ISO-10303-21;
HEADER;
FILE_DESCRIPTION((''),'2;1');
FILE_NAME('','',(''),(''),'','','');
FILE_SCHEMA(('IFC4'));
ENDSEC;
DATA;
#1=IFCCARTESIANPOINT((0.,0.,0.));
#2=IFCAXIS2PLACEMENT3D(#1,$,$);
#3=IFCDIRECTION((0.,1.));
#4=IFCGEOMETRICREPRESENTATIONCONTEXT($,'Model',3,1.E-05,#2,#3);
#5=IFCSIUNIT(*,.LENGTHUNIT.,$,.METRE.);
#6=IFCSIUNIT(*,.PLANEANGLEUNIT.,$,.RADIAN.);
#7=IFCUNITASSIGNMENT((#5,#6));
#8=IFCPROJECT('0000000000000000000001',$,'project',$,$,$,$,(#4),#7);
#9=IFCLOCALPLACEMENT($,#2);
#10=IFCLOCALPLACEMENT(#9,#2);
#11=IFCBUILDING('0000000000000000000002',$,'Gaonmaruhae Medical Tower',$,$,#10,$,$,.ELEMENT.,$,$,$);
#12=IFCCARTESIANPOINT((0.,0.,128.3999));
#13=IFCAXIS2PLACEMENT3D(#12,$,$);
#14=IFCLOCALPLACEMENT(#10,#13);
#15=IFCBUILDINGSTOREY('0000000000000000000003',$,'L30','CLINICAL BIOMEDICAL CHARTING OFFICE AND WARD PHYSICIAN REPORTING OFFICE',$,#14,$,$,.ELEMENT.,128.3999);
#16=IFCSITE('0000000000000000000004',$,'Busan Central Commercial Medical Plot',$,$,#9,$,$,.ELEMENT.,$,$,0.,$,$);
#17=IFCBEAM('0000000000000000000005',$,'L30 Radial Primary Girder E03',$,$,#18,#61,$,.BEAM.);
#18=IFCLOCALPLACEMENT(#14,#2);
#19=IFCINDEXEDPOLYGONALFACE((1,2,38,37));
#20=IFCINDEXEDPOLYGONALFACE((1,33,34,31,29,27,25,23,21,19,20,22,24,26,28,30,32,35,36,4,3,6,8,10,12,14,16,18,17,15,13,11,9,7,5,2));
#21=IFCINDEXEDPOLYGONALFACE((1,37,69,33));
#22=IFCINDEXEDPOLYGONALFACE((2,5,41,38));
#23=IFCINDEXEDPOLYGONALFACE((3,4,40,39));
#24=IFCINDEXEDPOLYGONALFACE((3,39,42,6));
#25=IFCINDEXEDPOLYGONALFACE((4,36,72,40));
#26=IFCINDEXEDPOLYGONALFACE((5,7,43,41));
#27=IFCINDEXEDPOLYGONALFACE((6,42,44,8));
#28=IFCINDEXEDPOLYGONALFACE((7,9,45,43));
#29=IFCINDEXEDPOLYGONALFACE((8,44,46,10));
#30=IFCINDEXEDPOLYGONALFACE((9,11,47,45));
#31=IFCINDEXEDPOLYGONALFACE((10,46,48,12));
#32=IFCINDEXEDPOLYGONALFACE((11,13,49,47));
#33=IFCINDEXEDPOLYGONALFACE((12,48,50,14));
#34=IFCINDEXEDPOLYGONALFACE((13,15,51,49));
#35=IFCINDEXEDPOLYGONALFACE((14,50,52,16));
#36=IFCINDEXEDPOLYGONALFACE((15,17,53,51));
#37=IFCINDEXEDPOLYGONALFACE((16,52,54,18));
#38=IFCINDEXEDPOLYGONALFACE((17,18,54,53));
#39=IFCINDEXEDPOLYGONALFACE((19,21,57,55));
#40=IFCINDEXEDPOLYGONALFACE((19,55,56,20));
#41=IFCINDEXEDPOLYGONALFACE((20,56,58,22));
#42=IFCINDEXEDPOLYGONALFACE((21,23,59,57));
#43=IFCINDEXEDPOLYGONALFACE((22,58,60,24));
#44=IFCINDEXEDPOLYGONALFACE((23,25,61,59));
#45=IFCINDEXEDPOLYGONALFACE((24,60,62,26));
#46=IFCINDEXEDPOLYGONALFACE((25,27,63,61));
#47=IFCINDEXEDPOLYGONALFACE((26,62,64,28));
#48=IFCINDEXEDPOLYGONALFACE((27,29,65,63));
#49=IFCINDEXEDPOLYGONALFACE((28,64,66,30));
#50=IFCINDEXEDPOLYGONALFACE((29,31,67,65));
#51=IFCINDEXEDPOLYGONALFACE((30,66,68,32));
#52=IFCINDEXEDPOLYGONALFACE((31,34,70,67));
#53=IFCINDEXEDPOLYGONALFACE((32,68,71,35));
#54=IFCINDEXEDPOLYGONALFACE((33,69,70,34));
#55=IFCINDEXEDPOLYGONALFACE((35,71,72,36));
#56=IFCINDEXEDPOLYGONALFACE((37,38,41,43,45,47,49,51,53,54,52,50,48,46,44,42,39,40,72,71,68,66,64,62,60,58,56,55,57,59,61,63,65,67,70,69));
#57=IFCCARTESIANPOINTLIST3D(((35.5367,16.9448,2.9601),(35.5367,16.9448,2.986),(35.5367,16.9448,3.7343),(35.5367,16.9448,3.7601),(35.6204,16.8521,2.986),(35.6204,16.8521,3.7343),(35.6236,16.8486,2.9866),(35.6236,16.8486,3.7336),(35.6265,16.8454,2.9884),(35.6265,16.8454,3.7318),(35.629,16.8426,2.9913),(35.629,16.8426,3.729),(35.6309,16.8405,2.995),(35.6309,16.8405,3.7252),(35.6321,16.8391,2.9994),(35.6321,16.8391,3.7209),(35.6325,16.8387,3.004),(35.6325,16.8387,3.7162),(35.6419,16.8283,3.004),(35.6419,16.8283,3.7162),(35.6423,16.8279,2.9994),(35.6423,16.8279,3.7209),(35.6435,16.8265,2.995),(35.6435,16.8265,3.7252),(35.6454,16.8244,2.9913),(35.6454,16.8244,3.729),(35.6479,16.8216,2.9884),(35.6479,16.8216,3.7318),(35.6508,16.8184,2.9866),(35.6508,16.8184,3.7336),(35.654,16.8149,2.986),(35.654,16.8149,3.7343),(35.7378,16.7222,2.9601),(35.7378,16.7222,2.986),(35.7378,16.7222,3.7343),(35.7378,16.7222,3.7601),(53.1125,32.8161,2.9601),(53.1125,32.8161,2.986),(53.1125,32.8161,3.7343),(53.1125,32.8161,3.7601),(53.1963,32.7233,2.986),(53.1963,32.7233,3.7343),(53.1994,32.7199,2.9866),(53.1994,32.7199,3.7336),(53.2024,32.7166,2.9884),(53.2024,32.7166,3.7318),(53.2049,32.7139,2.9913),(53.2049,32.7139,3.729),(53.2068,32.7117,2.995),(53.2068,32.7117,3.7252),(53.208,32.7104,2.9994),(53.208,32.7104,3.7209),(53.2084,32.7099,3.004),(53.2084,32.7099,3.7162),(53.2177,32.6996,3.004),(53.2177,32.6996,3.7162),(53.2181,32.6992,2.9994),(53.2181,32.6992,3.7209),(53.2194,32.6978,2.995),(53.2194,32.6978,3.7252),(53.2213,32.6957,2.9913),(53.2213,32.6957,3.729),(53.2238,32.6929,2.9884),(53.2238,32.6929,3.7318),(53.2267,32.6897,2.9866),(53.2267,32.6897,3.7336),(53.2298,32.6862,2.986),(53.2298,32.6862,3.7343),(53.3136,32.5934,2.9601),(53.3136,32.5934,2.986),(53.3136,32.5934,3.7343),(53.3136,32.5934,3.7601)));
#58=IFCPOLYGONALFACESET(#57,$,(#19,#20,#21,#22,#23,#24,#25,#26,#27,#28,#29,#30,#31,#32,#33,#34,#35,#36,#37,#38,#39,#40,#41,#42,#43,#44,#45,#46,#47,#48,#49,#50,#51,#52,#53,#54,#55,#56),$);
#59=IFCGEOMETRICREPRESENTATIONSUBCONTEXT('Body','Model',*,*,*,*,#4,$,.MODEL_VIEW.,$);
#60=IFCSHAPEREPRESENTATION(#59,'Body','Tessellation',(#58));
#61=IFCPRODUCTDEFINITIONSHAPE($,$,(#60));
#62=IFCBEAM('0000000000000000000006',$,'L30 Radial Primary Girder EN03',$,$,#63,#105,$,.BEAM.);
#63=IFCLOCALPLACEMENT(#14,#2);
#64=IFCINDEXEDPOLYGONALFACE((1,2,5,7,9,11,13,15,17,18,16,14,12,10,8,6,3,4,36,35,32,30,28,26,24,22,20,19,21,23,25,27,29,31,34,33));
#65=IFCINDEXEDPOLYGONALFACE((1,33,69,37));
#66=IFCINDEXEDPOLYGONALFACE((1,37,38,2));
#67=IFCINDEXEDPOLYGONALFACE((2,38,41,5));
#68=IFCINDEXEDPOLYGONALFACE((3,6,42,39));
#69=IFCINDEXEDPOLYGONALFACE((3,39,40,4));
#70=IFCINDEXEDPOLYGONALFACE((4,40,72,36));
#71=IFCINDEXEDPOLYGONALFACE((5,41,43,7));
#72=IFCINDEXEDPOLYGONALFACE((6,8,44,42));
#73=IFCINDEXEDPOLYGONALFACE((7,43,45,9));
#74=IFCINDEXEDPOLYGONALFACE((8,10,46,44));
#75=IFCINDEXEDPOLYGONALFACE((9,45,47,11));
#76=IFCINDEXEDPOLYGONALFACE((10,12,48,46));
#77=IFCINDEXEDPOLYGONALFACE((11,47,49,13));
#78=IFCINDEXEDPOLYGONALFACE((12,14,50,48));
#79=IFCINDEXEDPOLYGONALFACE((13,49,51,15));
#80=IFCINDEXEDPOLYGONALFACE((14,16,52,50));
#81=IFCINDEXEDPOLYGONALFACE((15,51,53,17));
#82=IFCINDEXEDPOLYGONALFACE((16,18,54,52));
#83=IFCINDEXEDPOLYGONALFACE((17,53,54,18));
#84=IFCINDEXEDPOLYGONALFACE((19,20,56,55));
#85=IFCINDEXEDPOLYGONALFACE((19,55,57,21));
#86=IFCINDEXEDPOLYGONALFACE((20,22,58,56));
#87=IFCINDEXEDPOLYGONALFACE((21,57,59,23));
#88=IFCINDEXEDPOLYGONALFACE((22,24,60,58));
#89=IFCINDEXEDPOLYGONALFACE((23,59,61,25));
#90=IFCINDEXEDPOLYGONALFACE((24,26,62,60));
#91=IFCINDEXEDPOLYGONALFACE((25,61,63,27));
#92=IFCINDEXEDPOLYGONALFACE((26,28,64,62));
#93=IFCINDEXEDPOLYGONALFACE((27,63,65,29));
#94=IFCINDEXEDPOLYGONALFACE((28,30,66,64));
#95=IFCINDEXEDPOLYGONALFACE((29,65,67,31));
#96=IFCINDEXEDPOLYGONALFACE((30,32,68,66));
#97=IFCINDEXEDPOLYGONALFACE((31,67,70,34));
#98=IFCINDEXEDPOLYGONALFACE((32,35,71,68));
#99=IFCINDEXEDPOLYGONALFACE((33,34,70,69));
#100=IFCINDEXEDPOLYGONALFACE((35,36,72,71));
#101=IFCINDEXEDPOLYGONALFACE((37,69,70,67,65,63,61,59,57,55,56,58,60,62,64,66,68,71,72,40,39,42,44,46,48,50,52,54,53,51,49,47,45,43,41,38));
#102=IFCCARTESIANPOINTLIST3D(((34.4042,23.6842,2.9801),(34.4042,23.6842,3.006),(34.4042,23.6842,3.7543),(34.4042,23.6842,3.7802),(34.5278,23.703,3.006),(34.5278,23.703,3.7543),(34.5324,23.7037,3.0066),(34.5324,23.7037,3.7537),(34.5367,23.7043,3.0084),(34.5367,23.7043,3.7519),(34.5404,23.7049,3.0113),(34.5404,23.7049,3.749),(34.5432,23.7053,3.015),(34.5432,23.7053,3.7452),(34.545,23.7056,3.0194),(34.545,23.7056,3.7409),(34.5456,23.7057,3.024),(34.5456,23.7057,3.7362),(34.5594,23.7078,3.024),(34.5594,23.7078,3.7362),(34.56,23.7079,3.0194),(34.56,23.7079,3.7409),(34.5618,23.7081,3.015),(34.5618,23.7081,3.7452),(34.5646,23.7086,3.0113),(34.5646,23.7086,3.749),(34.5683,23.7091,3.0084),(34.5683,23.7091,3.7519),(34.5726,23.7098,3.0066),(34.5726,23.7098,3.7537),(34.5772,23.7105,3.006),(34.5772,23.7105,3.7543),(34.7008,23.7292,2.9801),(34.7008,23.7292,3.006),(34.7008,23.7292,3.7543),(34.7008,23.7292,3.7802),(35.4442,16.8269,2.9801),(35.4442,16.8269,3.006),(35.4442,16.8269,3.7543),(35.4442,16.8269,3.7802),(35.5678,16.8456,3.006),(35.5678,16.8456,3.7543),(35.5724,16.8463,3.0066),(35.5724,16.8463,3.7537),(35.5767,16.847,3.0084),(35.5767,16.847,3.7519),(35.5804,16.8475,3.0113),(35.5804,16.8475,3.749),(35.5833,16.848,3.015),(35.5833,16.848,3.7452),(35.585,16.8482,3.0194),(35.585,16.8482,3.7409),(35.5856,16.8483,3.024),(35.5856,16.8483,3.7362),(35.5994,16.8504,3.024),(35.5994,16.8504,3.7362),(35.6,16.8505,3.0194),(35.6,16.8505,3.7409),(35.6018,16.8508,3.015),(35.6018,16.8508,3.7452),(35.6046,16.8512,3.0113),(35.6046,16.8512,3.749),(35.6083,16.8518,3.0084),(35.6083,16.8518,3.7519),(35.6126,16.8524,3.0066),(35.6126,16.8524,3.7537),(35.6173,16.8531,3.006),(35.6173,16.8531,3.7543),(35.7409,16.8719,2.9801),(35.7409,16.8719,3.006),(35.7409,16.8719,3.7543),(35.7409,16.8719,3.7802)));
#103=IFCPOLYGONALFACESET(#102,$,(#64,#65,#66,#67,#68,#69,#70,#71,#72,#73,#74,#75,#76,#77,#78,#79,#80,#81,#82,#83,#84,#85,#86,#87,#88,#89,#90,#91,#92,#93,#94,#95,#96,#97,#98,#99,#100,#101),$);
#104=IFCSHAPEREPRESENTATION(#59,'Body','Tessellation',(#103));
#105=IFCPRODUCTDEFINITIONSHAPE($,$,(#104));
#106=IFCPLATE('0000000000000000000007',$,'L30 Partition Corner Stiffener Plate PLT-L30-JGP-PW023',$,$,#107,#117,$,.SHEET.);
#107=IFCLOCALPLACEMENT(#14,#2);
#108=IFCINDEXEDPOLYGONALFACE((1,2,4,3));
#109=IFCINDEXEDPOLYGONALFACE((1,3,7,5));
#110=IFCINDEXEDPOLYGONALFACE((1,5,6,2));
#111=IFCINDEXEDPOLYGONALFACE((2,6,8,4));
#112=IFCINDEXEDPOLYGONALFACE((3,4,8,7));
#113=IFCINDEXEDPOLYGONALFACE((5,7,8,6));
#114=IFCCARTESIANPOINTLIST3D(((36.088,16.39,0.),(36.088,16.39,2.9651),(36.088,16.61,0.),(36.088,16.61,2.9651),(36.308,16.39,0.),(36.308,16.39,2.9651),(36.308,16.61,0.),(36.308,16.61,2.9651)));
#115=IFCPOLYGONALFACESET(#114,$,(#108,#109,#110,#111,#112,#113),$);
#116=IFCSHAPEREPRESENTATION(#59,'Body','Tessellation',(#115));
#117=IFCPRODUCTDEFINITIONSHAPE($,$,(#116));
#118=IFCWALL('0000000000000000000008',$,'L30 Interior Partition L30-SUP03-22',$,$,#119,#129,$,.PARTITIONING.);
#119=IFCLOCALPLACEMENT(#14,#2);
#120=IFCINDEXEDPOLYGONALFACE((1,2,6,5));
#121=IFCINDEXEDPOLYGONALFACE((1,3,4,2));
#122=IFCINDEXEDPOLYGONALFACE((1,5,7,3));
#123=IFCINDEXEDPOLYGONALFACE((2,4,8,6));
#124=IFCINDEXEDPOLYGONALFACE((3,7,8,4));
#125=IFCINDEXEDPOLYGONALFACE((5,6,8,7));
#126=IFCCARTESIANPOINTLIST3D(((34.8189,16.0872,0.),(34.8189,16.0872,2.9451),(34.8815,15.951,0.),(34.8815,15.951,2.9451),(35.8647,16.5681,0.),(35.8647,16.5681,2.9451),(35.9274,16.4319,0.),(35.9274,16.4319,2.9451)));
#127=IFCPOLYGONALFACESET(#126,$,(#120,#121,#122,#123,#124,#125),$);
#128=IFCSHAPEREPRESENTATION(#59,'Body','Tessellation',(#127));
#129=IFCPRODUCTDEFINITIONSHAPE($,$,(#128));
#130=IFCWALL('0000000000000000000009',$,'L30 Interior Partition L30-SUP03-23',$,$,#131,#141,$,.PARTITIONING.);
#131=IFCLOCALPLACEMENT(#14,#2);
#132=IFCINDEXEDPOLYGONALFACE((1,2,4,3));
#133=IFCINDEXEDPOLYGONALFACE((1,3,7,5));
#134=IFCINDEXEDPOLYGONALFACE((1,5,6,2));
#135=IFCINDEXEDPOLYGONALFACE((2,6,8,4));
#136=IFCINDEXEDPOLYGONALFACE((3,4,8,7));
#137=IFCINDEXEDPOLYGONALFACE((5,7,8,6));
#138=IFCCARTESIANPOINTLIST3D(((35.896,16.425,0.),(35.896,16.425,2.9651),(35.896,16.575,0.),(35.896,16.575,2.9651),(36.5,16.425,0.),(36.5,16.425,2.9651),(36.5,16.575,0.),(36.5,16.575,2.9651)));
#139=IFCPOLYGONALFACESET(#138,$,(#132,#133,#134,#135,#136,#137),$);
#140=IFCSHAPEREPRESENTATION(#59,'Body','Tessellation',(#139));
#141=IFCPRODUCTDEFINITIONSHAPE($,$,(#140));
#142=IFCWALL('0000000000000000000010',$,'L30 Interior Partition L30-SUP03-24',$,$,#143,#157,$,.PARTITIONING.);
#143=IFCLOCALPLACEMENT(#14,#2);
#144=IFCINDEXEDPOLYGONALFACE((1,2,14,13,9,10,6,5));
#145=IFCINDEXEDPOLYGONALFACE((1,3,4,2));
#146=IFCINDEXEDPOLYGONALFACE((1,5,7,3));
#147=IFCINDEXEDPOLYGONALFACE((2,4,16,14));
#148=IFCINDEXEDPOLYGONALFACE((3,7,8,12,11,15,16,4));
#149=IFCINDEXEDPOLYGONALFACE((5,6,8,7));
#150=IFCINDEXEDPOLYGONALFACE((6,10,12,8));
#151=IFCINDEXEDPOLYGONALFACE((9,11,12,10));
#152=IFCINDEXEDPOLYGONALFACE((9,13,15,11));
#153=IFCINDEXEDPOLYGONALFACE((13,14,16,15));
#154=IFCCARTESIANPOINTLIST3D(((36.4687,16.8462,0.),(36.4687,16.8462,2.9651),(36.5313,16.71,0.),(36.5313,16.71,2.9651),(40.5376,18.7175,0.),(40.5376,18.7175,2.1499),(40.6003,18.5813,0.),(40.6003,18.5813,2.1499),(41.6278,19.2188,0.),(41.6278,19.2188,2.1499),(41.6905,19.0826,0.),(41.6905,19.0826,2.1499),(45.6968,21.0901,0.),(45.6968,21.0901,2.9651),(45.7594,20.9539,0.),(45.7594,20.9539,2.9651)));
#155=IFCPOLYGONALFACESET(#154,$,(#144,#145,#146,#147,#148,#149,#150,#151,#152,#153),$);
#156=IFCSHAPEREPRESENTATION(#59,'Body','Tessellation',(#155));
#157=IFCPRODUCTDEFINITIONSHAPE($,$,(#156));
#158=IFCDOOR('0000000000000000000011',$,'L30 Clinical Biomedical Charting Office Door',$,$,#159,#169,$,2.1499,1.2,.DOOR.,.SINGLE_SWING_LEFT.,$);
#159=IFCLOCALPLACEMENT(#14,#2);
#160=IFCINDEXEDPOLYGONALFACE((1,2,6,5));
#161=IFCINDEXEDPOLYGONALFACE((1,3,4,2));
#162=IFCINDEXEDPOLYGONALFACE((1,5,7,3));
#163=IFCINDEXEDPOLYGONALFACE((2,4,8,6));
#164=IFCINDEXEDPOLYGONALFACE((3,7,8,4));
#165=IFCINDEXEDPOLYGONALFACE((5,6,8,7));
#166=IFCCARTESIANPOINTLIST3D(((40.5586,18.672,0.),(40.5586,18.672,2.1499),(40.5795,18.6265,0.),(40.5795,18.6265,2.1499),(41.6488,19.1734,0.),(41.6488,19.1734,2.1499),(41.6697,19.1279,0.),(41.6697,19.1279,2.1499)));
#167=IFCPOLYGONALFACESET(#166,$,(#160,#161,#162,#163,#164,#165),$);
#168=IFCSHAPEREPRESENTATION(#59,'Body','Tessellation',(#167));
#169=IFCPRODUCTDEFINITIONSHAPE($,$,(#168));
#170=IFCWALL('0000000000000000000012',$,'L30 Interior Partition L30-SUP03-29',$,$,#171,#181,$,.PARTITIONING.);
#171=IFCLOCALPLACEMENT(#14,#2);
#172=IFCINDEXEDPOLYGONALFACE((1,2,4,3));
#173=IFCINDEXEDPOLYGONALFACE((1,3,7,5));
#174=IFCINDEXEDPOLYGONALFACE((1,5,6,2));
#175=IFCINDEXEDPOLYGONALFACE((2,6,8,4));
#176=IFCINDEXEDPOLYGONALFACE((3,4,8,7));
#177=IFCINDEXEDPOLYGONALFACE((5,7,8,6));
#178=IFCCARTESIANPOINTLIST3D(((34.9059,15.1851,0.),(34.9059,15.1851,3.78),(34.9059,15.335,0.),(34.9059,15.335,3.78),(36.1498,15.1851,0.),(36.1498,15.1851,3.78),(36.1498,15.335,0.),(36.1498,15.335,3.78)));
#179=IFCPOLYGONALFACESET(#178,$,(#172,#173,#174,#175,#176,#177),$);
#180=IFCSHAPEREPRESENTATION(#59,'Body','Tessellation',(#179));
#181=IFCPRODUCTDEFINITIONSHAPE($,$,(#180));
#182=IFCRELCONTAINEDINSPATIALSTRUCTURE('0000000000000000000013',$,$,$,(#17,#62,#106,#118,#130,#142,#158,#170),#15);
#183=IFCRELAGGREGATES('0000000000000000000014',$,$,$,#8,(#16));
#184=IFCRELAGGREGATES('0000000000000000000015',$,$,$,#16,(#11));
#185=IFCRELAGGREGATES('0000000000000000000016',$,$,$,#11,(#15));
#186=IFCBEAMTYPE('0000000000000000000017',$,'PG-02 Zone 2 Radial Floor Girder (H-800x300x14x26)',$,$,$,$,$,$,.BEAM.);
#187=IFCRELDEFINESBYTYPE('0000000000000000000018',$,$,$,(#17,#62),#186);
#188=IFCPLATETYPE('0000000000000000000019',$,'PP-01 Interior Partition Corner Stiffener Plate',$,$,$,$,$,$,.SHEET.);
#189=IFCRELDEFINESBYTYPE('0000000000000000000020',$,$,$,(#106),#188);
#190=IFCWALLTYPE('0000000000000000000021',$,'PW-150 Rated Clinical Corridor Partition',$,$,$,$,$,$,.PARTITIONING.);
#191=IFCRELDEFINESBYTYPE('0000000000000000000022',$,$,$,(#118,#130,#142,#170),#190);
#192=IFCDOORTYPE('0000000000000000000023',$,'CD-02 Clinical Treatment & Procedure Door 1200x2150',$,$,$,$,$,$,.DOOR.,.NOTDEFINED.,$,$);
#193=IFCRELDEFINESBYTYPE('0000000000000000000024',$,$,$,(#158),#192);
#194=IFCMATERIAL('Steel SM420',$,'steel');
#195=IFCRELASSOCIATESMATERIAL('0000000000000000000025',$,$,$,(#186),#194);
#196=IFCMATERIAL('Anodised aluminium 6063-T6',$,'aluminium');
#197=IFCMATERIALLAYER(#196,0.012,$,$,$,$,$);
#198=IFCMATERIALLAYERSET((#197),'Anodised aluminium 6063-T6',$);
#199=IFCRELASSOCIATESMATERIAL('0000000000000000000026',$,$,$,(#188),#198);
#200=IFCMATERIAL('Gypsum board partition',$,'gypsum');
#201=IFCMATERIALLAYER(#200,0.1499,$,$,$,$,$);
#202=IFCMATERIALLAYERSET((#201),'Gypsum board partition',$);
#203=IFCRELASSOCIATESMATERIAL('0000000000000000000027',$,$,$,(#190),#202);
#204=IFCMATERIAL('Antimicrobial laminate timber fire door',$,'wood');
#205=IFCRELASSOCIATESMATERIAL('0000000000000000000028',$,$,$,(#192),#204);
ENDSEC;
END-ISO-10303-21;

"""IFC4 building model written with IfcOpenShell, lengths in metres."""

from ifc_helpers import new_model, si_unit, direction, frame, frame_2d, origin, origin_2d, place, context, subcontext, project, spatial, rectangle, i_section, extrude, material, layer, layer_set, material_profile, profile_set, type_object, element, fill, save


model = new_model("IFC4")

# Units and contexts
model_context = context("Model", 3, precision=1e-05, world=origin(), true_north=direction((0.0, 1.0)))
body_context = subcontext(model_context, "Body", "Model", "MODEL_VIEW")
ifc_project = project(units=[si_unit("LENGTHUNIT", "METRE"), si_unit("PLANEANGLEUNIT", "RADIAN")], contexts=[model_context])

# Site, building, storey
site_placement = place(None, origin())
site = spatial("IfcSite", under=ifc_project, at=site_placement, Name="Busan Central Commercial Medical Plot", CompositionType="ELEMENT", RefElevation=0.0)
building_placement = place(site_placement, origin())
building = spatial("IfcBuilding", under=site, at=building_placement, Name="Gaonmaruhae Medical Tower", CompositionType="ELEMENT")
storey_placement = place(building_placement, frame((0.0, 0.0, 128.3999)))
storey = spatial("IfcBuildingStorey", under=building, at=storey_placement, Name="L30", Description="CLINICAL BIOMEDICAL CHARTING OFFICE AND WARD PHYSICIAN REPORTING OFFICE", CompositionType="ELEMENT", Elevation=128.3999)

# Beams
ifc_material_1 = material(Name="Steel SM420", Category="steel")
ifc_material_profile_1 = material_profile(ifc_material_1, i_section(OverallWidth=0.3, OverallDepth=0.8, WebThickness=0.0139, FlangeThickness=0.0259, FilletRadius=0.0181, at=origin_2d()), Name="H-800x300x14x26")
ifc_profile_set_1 = profile_set([ifc_material_profile_1], Name="Steel SM420")
beam_type_1 = type_object("IfcBeamType", Name="PG-02 Zone 2 Radial Floor Girder (H-800x300x14x26)", PredefinedType="BEAM", material=ifc_profile_set_1)
beam_1_placement = place(storey_placement, frame((35.6372, 16.8335, 3.3601), z_axis=(0.74218, 0.6702, 0.0), x_axis=(-0.6702, 0.74218, 0.0)))
element("IfcBeam", 1, at=beam_1_placement, inside=storey, type_object=beam_type_1, Name="L30 Radial Primary Girder E03", PredefinedType="BEAM", context=body_context, shape_type="SweptSolid", body=[
    extrude(i_section(OverallWidth=0.3, OverallDepth=0.8, WebThickness=0.0139, FlangeThickness=0.0259, FilletRadius=0.0181, at=origin_2d()), origin(), (0.0, 0.0, 1.0), 23.6814),
])
beam_2_placement = place(storey_placement, frame((35.5925, 16.8494, 3.3801), z_axis=(-0.149951, 0.988693, 0.0), x_axis=(-0.988693, -0.149951, 0.0)))
element("IfcBeam", 2, at=beam_2_placement, inside=storey, type_object=beam_type_1, Name="L30 Radial Primary Girder EN03", PredefinedType="BEAM", context=body_context, shape_type="SweptSolid", body=[
    extrude(i_section(OverallWidth=0.3, OverallDepth=0.8, WebThickness=0.0139, FlangeThickness=0.0259, FilletRadius=0.0181, at=origin_2d()), origin(), (0.0, 0.0, 1.0), 6.9358),
])

# Plate
ifc_material_2 = material(Name="Anodised aluminium 6063-T6", Category="aluminium")
ifc_layer_1 = layer(ifc_material_2, 0.012)
ifc_layer_set_1 = layer_set([ifc_layer_1], Name="Anodised aluminium 6063-T6")
plate_type = type_object("IfcPlateType", Name="PP-01 Interior Partition Corner Stiffener Plate", PredefinedType="SHEET", material=ifc_layer_set_1)
plate_placement = place(storey_placement, frame((36.198, 16.5, 0.0), z_axis=(0.0, 0.0, 1.0), x_axis=(1.0, 0.0, 0.0)))
element("IfcPlate", 3, at=plate_placement, inside=storey, type_object=plate_type, Name="L30 Partition Corner Stiffener Plate PLT-L30-JGP-PW023", PredefinedType="SHEET", context=body_context, shape_type="SweptSolid", body=[
    extrude(rectangle(XDim=0.22, YDim=0.22, at=origin_2d()), origin(), (0.0, 0.0, 1.0), 2.9651),
])

# Walls
ifc_material_3 = material(Name="Gypsum board partition", Category="gypsum")
ifc_layer_2 = layer(ifc_material_3, 0.1499)
ifc_layer_set_2 = layer_set([ifc_layer_2], Name="Gypsum board partition")
wall_type_1 = type_object("IfcWallType", Name="PW-150 Rated Clinical Corridor Partition", PredefinedType="PARTITIONING", material=ifc_layer_set_2)
wall_1_placement = place(storey_placement, frame((34.8501, 16.019, 0.0), z_axis=(0.0, 0.0, 1.0), x_axis=(0.908542, 0.417794, 0.0)))
element("IfcWall", 4, at=wall_1_placement, inside=storey, type_object=wall_type_1, Name="L30 Interior Partition L30-SUP03-22", PredefinedType="PARTITIONING", context=body_context, shape_type="SweptSolid", body=[
    extrude(rectangle(XDim=1.1511, YDim=0.1499, at=frame_2d((0.5757, 0.0))), origin(), (0.0, 0.0, 1.0), 2.9451),
])
wall_2_placement = place(storey_placement, frame((35.896, 16.5, 0.0), z_axis=(0.0, 0.0, 1.0), x_axis=(1.0, 0.0, 0.0)))
element("IfcWall", 5, at=wall_2_placement, inside=storey, type_object=wall_type_1, Name="L30 Interior Partition L30-SUP03-23", PredefinedType="PARTITIONING", context=body_context, shape_type="SweptSolid", body=[
    extrude(rectangle(XDim=0.604, YDim=0.1499, at=frame_2d((0.302, 0.0))), origin(), (0.0, 0.0, 1.0), 2.9651),
])

# Wall, opening, door
wall_3_placement = place(storey_placement, frame((36.5, 16.7781, 0.0), z_axis=(0.0, 0.0, 1.0), x_axis=(0.908528, 0.417825, 0.0)))
wall_3 = element("IfcWall", 6, at=wall_3_placement, inside=storey, type_object=wall_type_1, Name="L30 Interior Partition L30-SUP03-24", PredefinedType="PARTITIONING", context=body_context, shape_type="SweptSolid", body=[
    extrude(rectangle(XDim=10.1572, YDim=0.1499, at=frame_2d((5.0786, 0.0))), origin(), (0.0, 0.0, 1.0), 2.9651),
])
opening_1_placement = place(wall_3_placement, frame((4.4785, 0.0, 0.0)))
opening_1 = element("IfcOpeningElement", 7, at=opening_1_placement, cuts=wall_3, PredefinedType="OPENING", context=body_context, shape_type="SweptSolid", body=[
    extrude(rectangle(XDim=1.2, YDim=2.1499, at=frame_2d((0.6001, 1.075))), frame((0.0, 0.085, 0.0), z_axis=(0.0, -1.0, 0.0), x_axis=(1.0, 0.0, 0.0)), (0.0, 0.0, 1.0), 0.1699),
])
ifc_material_4 = material(Name="Antimicrobial laminate timber fire door", Category="wood")
door_type_1 = type_object("IfcDoorType", Name="CD-02 Clinical Treatment & Procedure Door 1200x2150", OperationType="NOTDEFINED", PredefinedType="DOOR", material=ifc_material_4)
door_1_placement = place(opening_1_placement, origin())
door_1 = element("IfcDoor", 8, at=door_1_placement, inside=storey, type_object=door_type_1, Name="L30 Clinical Biomedical Charting Office Door", OperationType="SINGLE_SWING_LEFT", OverallHeight=2.1499, OverallWidth=1.2, PredefinedType="DOOR", context=body_context, shape_type="SweptSolid", body=[
    extrude(rectangle(XDim=1.2, YDim=2.1499, at=frame_2d((0.6001, 1.075))), frame((0.0, 0.0249, 0.0), z_axis=(0.0, -1.0, 0.0), x_axis=(1.0, 0.0, 0.0)), (0.0, 0.0, 1.0), 0.05),
])
fill(opening_1, door_1)

# Wall
wall_4_placement = place(storey_placement, frame((36.1499, 15.26, 0.0), z_axis=(0.0, 0.0, 1.0), x_axis=(-1.0, 0.0, 0.0)))
element("IfcWall", 9, at=wall_4_placement, inside=storey, type_object=wall_type_1, Name="L30 Interior Partition L30-SUP03-29", PredefinedType="PARTITIONING", context=body_context, shape_type="SweptSolid", body=[
    extrude(rectangle(XDim=1.2439, YDim=0.1499, at=frame_2d((0.6221, 0.0))), origin(), (0.0, 0.0, 1.0), 3.78),
])

save(model, "model.ifc")
